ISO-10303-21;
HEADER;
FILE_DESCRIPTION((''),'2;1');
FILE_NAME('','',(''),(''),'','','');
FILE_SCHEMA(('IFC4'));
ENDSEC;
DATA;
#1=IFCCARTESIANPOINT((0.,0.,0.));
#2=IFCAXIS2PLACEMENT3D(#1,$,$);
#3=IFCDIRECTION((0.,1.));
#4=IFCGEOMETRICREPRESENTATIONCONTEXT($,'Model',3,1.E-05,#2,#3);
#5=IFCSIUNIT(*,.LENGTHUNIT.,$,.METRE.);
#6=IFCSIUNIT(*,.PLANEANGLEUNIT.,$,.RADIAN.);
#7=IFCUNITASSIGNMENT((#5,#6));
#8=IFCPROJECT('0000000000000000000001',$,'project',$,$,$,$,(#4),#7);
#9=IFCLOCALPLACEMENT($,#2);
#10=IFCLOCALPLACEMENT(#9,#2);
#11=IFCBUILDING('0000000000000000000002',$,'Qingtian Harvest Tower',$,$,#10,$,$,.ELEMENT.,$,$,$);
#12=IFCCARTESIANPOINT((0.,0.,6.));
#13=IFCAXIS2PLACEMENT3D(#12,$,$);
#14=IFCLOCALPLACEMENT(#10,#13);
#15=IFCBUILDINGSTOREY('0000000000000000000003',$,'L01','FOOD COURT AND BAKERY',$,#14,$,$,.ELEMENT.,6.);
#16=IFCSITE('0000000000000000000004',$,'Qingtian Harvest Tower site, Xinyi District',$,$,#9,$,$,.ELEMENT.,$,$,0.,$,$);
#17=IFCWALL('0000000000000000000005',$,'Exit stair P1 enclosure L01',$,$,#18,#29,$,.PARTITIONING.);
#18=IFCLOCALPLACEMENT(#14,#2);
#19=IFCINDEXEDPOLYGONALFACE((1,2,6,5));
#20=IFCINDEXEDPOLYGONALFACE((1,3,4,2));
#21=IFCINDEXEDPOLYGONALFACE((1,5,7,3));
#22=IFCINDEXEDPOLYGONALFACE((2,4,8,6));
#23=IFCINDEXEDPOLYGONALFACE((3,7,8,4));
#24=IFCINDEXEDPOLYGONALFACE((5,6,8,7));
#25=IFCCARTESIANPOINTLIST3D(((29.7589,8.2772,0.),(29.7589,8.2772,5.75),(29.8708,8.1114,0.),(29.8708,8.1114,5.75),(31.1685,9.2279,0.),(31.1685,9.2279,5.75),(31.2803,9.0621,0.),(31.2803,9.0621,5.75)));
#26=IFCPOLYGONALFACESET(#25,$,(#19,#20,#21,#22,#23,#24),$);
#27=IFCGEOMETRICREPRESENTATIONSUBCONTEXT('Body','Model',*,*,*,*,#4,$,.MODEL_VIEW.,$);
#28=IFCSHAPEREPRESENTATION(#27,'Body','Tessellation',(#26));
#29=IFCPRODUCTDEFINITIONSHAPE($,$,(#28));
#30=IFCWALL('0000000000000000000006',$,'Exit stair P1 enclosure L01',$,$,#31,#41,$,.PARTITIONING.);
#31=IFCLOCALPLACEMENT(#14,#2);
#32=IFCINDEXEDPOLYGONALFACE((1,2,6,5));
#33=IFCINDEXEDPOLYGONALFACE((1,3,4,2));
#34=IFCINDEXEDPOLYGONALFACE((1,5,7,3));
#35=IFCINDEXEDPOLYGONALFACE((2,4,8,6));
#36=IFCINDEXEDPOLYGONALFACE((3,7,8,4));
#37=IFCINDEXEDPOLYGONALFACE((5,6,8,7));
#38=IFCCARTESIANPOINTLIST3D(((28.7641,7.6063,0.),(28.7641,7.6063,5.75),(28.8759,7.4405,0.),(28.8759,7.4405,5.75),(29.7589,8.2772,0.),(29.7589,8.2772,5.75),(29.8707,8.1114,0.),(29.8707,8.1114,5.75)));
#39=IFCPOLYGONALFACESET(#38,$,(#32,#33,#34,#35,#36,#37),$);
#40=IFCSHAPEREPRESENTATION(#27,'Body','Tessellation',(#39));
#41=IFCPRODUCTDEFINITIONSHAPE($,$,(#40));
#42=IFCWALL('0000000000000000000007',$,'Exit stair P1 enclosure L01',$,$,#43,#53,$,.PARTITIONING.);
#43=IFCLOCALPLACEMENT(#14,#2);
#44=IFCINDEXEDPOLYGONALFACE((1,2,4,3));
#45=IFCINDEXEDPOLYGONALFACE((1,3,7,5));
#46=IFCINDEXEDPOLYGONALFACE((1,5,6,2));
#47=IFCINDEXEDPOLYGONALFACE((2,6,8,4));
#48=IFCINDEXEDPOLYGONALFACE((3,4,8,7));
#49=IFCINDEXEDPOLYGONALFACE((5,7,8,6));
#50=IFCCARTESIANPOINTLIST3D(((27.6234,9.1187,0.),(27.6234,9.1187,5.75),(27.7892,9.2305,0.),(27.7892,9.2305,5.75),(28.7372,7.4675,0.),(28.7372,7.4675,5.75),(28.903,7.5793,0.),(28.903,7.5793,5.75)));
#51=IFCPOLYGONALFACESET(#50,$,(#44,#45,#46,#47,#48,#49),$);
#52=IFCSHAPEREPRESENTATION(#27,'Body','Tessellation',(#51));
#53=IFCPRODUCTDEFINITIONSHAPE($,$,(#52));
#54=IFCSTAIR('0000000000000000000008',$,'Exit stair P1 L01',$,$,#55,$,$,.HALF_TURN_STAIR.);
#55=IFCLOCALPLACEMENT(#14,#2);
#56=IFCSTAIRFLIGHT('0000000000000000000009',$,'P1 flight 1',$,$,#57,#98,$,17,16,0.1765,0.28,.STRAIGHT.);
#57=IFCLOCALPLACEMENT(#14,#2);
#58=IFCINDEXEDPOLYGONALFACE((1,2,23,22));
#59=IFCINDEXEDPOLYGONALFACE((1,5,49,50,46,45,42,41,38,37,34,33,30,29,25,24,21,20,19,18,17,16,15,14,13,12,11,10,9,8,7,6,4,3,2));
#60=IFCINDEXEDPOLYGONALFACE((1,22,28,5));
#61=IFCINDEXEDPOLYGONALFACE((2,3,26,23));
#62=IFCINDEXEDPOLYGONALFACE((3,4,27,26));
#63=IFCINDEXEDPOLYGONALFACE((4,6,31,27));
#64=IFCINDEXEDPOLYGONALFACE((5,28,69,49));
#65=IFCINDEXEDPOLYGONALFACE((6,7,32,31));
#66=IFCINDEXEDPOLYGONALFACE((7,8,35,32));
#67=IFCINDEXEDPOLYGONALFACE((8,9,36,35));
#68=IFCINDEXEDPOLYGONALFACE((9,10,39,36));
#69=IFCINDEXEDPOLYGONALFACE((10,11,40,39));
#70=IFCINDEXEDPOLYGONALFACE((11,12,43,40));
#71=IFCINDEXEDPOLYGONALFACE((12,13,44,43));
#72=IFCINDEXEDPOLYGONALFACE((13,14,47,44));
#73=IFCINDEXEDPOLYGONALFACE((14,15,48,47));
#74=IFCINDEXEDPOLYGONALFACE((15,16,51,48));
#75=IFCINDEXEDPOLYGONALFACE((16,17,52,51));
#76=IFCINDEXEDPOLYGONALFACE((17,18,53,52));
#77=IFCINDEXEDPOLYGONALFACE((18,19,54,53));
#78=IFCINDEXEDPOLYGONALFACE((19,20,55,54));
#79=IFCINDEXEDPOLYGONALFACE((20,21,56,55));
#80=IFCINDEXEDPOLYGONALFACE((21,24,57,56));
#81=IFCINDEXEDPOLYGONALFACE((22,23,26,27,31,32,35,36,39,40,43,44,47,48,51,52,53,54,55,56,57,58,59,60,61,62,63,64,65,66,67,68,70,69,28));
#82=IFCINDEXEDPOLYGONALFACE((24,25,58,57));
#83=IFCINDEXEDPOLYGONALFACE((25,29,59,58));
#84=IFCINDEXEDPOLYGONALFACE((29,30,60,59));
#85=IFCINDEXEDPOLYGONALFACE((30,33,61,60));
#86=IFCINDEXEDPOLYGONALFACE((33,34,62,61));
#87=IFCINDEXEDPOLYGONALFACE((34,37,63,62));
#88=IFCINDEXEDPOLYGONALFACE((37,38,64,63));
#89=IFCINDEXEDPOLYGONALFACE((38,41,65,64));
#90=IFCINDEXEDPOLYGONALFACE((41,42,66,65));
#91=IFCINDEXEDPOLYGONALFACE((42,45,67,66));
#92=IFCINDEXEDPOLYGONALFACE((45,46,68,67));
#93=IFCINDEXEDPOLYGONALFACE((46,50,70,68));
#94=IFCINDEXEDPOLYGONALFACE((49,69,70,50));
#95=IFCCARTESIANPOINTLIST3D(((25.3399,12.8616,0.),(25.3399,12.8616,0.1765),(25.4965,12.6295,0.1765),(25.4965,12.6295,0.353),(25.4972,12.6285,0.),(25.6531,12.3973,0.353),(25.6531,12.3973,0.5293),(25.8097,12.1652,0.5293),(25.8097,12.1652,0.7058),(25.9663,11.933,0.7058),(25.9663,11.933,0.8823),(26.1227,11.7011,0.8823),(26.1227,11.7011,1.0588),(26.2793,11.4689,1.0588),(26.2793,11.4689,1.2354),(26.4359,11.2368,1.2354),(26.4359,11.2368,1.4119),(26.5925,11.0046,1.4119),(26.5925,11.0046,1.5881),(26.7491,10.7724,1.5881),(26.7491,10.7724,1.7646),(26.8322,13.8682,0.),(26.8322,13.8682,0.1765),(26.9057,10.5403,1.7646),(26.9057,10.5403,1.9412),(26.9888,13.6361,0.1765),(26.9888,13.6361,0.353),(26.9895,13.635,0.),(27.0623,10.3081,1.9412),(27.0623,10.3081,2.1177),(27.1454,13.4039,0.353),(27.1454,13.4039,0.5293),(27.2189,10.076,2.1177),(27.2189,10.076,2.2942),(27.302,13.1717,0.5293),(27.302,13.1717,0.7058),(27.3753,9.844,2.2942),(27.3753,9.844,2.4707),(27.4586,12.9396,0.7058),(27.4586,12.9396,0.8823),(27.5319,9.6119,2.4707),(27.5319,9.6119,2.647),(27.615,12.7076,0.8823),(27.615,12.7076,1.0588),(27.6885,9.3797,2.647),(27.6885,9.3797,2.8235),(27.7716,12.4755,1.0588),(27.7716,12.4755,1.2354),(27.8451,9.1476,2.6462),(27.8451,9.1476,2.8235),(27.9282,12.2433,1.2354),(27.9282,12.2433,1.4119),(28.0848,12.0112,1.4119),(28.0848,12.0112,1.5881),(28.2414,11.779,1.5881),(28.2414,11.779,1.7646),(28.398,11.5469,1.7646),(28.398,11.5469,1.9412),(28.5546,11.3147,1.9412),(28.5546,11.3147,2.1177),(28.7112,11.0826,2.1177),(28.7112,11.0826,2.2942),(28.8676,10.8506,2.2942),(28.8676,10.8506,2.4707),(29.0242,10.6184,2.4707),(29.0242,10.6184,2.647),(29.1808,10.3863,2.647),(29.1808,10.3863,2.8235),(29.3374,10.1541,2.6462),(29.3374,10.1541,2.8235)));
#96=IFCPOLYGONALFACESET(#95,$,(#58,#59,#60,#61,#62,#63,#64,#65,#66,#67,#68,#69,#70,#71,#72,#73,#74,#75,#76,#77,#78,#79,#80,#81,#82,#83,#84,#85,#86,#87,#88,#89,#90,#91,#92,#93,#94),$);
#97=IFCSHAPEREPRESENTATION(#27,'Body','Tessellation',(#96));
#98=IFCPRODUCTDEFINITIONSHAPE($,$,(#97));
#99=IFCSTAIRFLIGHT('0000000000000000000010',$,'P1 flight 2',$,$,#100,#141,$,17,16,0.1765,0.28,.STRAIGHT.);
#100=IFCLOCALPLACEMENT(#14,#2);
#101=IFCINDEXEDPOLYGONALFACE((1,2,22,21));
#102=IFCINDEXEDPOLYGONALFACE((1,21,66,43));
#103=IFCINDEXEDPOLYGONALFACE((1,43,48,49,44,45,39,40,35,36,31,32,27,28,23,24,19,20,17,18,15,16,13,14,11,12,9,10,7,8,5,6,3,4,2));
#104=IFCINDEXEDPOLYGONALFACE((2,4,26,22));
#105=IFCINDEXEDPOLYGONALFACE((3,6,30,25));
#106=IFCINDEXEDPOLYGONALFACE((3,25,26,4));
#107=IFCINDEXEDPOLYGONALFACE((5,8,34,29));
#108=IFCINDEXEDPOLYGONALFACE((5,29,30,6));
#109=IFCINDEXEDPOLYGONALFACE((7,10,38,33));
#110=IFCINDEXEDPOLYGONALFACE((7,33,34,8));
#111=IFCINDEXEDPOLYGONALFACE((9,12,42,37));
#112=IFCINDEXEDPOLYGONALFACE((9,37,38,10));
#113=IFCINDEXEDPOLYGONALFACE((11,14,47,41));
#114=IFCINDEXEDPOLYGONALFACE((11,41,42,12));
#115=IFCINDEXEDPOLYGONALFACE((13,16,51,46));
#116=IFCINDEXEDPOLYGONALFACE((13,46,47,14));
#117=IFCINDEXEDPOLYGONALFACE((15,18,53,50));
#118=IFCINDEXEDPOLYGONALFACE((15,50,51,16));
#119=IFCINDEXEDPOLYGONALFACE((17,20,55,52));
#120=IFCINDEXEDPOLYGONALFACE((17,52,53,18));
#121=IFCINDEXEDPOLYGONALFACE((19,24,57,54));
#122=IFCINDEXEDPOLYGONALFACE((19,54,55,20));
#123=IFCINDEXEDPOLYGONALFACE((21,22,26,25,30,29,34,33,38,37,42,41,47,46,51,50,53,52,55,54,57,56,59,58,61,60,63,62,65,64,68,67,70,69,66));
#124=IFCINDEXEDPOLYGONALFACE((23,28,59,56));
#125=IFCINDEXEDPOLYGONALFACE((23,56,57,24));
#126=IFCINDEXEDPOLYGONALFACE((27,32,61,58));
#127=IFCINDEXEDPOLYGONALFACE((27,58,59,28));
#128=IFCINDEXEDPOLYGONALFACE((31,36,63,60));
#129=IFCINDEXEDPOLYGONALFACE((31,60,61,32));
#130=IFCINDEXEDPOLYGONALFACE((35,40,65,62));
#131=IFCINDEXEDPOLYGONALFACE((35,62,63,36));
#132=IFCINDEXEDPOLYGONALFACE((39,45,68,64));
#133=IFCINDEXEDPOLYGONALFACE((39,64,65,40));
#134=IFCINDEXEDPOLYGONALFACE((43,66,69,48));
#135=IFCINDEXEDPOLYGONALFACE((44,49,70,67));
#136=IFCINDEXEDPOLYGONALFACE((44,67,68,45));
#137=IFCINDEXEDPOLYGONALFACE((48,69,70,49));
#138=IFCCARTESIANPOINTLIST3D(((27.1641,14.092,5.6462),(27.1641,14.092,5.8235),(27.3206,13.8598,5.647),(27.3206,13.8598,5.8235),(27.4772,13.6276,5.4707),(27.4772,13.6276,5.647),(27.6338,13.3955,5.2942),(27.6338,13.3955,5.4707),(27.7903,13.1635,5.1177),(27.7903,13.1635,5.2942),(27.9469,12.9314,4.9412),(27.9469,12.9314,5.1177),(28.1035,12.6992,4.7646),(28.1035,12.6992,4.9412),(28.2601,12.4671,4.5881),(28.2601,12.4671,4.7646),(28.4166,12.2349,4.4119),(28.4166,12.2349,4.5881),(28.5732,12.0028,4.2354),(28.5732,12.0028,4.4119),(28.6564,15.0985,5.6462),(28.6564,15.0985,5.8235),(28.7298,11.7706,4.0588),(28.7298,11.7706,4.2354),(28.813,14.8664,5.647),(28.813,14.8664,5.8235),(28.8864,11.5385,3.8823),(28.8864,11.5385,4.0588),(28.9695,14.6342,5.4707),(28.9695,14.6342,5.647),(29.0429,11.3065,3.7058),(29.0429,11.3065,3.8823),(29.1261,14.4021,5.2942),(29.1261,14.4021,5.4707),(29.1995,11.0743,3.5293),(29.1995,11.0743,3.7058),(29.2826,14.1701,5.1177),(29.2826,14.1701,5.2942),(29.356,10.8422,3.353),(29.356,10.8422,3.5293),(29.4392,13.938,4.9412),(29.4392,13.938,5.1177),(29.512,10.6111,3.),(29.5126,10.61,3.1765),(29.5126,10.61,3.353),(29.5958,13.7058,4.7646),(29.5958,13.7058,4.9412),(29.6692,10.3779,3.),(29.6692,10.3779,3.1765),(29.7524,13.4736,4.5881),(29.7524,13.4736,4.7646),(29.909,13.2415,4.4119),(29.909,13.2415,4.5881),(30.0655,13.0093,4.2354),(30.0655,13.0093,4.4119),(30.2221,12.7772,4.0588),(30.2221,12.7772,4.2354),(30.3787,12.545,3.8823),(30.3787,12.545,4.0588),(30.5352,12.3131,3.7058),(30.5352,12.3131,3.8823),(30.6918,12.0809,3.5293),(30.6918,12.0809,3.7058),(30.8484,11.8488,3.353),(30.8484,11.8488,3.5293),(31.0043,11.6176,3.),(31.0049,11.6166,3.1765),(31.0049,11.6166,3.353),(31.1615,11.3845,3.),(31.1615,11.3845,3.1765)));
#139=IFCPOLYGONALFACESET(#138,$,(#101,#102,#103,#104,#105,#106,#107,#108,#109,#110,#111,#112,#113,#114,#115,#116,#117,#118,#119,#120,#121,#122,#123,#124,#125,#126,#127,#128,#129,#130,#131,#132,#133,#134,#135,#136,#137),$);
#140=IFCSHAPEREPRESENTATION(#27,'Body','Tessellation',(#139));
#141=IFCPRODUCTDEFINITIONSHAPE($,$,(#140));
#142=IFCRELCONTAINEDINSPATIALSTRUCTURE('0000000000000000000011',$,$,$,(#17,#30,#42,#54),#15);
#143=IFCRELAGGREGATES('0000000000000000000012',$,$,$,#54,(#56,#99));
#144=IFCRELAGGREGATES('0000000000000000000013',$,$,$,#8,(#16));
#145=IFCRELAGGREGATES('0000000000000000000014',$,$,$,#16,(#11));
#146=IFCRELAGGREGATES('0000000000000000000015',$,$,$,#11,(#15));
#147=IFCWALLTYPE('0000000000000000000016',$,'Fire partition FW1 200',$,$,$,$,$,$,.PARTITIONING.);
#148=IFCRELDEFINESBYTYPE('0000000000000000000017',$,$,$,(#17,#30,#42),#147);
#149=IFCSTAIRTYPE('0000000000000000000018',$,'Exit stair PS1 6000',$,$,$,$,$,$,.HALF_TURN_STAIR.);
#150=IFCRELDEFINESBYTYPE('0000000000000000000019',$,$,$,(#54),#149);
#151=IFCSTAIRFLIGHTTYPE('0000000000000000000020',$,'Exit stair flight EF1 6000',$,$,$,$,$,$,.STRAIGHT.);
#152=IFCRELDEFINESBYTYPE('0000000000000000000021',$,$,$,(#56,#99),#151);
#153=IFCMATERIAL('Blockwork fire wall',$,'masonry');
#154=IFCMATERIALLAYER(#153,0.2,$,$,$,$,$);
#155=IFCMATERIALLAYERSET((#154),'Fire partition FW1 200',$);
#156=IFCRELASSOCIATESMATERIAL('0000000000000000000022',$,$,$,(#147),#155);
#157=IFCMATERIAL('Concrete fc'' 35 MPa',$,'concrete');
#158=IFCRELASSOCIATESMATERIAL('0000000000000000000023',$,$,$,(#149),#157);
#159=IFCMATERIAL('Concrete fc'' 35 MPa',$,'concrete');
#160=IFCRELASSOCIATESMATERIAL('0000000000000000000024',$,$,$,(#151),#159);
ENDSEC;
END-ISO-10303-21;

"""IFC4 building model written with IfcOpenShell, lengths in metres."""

from ifc_helpers import new_model, si_unit, direction, frame, frame_2d, origin, place, context, subcontext, project, spatial, polyline, rectangle, outline, extrude, material, layer, layer_set, type_object, element, aggregate, save


model = new_model("IFC4")

# Units and contexts
model_context = context("Model", 3, precision=1e-05, world=origin(), true_north=direction((0.0, 1.0)))
body_context = subcontext(model_context, "Body", "Model", "MODEL_VIEW")
ifc_project = project(units=[si_unit("LENGTHUNIT", "METRE"), si_unit("PLANEANGLEUNIT", "RADIAN")], contexts=[model_context])

# Site, building, storey
site_placement = place(None, origin())
site = spatial("IfcSite", under=ifc_project, at=site_placement, Name="Qingtian Harvest Tower site, Xinyi District", CompositionType="ELEMENT", RefElevation=0.0)
building_placement = place(site_placement, origin())
building = spatial("IfcBuilding", under=site, at=building_placement, Name="Qingtian Harvest Tower", CompositionType="ELEMENT")
storey_placement = place(building_placement, frame((0.0, 0.0, 6.0)))
storey = spatial("IfcBuildingStorey", under=building, at=storey_placement, Name="L01", Description="FOOD COURT AND BAKERY", CompositionType="ELEMENT", Elevation=6.0)

# Walls
ifc_material_1 = material(Name="Blockwork fire wall", Category="masonry")
ifc_layer_1 = layer(ifc_material_1, 0.2)
ifc_layer_set_1 = layer_set([ifc_layer_1], Name="Fire partition FW1 200")
wall_type = type_object("IfcWallType", Name="Fire partition FW1 200", PredefinedType="PARTITIONING", material=ifc_layer_set_1)
wall_1_placement = place(storey_placement, frame((31.2244, 9.145, 0.0), z_axis=(0.0, 0.0, 1.0), x_axis=(-0.829033, -0.559199, 0.0)))
element("IfcWall", 1, at=wall_1_placement, inside=storey, type_object=wall_type, Name="Exit stair P1 enclosure L01", PredefinedType="PARTITIONING", context=body_context, shape_type="SweptSolid", body=[
    extrude(rectangle(XDim=1.7002, YDim=0.2, at=frame_2d((0.8501, 0.0))), origin(), (0.0, 0.0, 1.0), 5.75),
])
wall_2_placement = place(storey_placement, frame((29.8149, 8.1943, 0.0), z_axis=(0.0, 0.0, 1.0), x_axis=(-0.829096, -0.559106, 0.0)))
element("IfcWall", 2, at=wall_2_placement, inside=storey, type_object=wall_type, Name="Exit stair P1 enclosure L01", PredefinedType="PARTITIONING", context=body_context, shape_type="SweptSolid", body=[
    extrude(rectangle(XDim=1.2, YDim=0.2, at=frame_2d((0.6001, 0.0))), origin(), (0.0, 0.0, 1.0), 5.75),
])
wall_3_placement = place(storey_placement, frame((27.7063, 9.1746, 0.0), z_axis=(0.0, 0.0, 1.0), x_axis=(0.559218, -0.829021, 0.0)))
element("IfcWall", 3, at=wall_3_placement, inside=storey, type_object=wall_type, Name="Exit stair P1 enclosure L01", PredefinedType="PARTITIONING", context=body_context, shape_type="SweptSolid", body=[
    extrude(rectangle(XDim=1.9917, YDim=0.2, at=frame_2d((0.9958, 0.0))), origin(), (0.0, 0.0, 1.0), 5.75),
])

# Stair, stair flights
ifc_material_2 = material(Name="Concrete fc' 35 MPa", Category="concrete")
stair_type = type_object("IfcStairType", Name="Exit stair PS1 6000", PredefinedType="HALF_TURN_STAIR", material=ifc_material_2)
stair_placement = place(storey_placement, origin())
stair = element("IfcStair", 4, at=stair_placement, inside=storey, type_object=stair_type, Name="Exit stair P1 L01", PredefinedType="HALF_TURN_STAIR")
ifc_material_3 = material(Name="Concrete fc' 35 MPa", Category="concrete")
stair_flight_type = type_object("IfcStairFlightType", Name="Exit stair flight EF1 6000", PredefinedType="STRAIGHT", material=ifc_material_3)
stair_flight_1_placement = place(storey_placement, frame((26.0862, 13.365, 0.0), z_axis=(0.0, 0.0, 1.0), x_axis=(0.559193, -0.829038, 0.0)))
stair_flight_1 = element("IfcStairFlight", 5, at=stair_flight_1_placement, type_object=stair_flight_type, Name="P1 flight 1", NumberOfRisers=17, NumberOfTreads=16, PredefinedType="STRAIGHT", RiserHeight=0.1765, TreadLength=0.28, context=body_context, shape_type="SweptSolid", body=[
    extrude(outline(polyline([(0.0, 0.0), (0.0, 0.1765), (0.28, 0.1765), (0.28, 0.353), (0.5601, 0.353), (0.5601, 0.5293), (0.8401, 0.5293), (0.8401, 0.7058), (1.1201, 0.7058), (1.1201, 0.8823), (1.3999, 0.8823), (1.3999, 1.0588), (1.6799, 1.0588), (1.6799, 1.2354), (1.96, 1.2354), (1.96, 1.4119), (2.24, 1.4119), (2.24, 1.5881), (2.52, 1.5881), (2.52, 1.7646), (2.8, 1.7646), (2.8, 1.9412), (3.0801, 1.9412), (3.0801, 2.1177), (3.3601, 2.1177), (3.3601, 2.2942), (3.6399, 2.2942), (3.6399, 2.4707), (3.9199, 2.4707), (3.9199, 2.647), (4.2, 2.647), (4.2, 2.8235), (4.48, 2.8235), (4.48, 3.0), (4.48, 2.6462), (0.2812, 0.0), (0.0, 0.0)])), frame((0.0, 0.8999, 0.0), z_axis=(0.0, -1.0, 0.0), x_axis=(1.0, 0.0, 0.0)), (0.0, 0.0, 1.0), 1.8),
])
stair_flight_2_placement = place(storey_placement, frame((30.4153, 10.8811, 3.0), z_axis=(0.0, 0.0, 1.0), x_axis=(-0.559193, 0.829038, 0.0)))
stair_flight_2 = element("IfcStairFlight", 6, at=stair_flight_2_placement, type_object=stair_flight_type, Name="P1 flight 2", NumberOfRisers=17, NumberOfTreads=16, PredefinedType="STRAIGHT", RiserHeight=0.1765, TreadLength=0.28, context=body_context, shape_type="SweptSolid", body=[
    extrude(outline(polyline([(0.0, 0.0), (0.0, 0.1765), (0.28, 0.1765), (0.28, 0.353), (0.5601, 0.353), (0.5601, 0.5293), (0.8401, 0.5293), (0.8401, 0.7058), (1.1201, 0.7058), (1.1201, 0.8823), (1.3999, 0.8823), (1.3999, 1.0588), (1.6799, 1.0588), (1.6799, 1.2354), (1.96, 1.2354), (1.96, 1.4119), (2.24, 1.4119), (2.24, 1.5881), (2.52, 1.5881), (2.52, 1.7646), (2.8, 1.7646), (2.8, 1.9412), (3.0801, 1.9412), (3.0801, 2.1177), (3.3601, 2.1177), (3.3601, 2.2942), (3.6399, 2.2942), (3.6399, 2.4707), (3.9199, 2.4707), (3.9199, 2.647), (4.2, 2.647), (4.2, 2.8235), (4.48, 2.8235), (4.48, 3.0), (4.48, 2.6462), (0.2812, 0.0), (0.0, 0.0)])), frame((0.0, 0.8999, 0.0), z_axis=(0.0, -1.0, 0.0), x_axis=(1.0, 0.0, 0.0)), (0.0, 0.0, 1.0), 1.8),
])
aggregate(stair, [stair_flight_1, stair_flight_2])

save(model, "model.ifc")
